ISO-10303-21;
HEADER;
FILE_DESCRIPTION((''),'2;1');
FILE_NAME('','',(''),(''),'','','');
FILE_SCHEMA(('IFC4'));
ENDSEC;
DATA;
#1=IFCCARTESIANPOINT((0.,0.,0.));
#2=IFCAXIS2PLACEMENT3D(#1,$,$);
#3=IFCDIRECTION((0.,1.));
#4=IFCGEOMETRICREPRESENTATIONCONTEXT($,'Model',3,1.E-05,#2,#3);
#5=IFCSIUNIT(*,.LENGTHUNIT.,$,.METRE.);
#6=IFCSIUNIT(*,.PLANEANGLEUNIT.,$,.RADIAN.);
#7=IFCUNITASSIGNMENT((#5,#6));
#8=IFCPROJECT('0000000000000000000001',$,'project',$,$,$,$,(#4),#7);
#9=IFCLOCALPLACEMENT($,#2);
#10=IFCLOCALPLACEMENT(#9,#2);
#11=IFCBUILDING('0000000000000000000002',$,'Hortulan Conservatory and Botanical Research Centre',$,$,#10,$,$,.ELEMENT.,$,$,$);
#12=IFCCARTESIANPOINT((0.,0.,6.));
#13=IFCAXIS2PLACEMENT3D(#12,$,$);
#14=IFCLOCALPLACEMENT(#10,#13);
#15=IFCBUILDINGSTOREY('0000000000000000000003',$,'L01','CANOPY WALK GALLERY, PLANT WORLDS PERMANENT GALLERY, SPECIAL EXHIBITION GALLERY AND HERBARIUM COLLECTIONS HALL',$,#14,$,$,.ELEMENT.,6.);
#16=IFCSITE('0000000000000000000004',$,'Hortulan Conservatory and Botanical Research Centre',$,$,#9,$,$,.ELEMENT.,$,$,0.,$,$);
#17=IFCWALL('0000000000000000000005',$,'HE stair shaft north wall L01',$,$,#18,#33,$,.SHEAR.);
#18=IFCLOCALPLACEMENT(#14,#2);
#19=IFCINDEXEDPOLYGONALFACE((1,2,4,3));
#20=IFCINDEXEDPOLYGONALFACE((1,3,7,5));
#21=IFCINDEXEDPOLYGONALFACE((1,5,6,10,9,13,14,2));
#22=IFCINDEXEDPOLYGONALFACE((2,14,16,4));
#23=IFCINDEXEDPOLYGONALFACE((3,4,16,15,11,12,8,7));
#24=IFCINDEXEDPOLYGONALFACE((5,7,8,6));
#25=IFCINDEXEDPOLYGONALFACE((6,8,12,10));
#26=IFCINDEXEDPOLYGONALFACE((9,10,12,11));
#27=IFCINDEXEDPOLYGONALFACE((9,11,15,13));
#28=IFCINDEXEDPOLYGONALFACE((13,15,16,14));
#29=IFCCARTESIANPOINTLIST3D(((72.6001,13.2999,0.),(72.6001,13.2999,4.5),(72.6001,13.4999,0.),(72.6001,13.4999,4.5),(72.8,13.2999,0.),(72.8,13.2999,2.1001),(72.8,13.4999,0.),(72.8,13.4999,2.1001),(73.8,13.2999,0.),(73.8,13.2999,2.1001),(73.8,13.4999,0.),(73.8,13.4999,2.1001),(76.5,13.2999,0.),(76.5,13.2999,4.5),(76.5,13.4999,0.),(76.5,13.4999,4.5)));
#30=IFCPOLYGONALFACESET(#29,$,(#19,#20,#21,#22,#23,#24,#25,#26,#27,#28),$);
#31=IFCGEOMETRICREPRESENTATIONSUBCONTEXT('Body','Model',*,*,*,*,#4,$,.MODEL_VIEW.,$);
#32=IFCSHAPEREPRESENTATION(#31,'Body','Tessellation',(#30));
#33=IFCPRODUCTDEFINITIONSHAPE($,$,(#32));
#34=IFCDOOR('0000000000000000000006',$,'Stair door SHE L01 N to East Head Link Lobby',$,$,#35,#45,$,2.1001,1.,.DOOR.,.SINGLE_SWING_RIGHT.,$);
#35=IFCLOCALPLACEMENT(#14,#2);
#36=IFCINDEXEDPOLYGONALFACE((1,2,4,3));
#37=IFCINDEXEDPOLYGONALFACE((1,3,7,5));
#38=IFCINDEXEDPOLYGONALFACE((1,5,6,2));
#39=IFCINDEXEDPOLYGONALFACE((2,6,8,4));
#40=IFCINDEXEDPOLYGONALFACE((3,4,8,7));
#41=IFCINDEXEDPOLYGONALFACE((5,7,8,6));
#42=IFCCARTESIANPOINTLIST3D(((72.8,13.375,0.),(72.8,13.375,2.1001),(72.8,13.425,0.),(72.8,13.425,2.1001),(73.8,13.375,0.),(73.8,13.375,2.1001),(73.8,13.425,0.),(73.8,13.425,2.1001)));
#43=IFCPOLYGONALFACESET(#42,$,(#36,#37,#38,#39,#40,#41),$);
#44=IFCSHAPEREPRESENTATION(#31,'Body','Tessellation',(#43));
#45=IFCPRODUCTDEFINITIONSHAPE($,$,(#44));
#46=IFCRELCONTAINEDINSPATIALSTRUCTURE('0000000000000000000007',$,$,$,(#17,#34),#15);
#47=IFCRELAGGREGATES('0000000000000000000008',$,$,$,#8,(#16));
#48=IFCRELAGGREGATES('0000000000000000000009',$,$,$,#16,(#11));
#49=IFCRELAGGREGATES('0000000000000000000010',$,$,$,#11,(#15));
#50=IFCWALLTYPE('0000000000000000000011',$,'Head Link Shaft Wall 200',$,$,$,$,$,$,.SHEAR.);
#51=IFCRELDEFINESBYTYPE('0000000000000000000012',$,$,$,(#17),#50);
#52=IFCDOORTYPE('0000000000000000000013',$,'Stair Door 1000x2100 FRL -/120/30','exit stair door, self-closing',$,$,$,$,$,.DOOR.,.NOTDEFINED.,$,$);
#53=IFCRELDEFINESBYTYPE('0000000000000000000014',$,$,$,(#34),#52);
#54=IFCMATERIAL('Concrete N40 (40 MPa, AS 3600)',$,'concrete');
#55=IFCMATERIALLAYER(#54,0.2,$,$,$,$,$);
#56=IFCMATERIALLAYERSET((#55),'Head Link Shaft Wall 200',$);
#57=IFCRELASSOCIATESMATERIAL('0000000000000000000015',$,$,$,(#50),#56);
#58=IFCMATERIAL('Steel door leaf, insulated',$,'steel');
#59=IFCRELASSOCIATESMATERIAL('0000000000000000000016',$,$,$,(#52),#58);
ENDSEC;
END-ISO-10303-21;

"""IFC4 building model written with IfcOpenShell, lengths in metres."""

from ifc_helpers import new_model, si_unit, direction, frame, frame_2d, origin, place, context, subcontext, project, spatial, rectangle, extrude, material, layer, layer_set, type_object, element, fill, save


model = new_model("IFC4")

# Units and contexts
model_context = context("Model", 3, precision=1e-05, world=origin(), true_north=direction((0.0, 1.0)))
body_context = subcontext(model_context, "Body", "Model", "MODEL_VIEW")
ifc_project = project(units=[si_unit("LENGTHUNIT", "METRE"), si_unit("PLANEANGLEUNIT", "RADIAN")], contexts=[model_context])

# Site, building, storey
site_placement = place(None, origin())
site = spatial("IfcSite", under=ifc_project, at=site_placement, Name="Hortulan Conservatory and Botanical Research Centre", CompositionType="ELEMENT", RefElevation=0.0)
building_placement = place(site_placement, origin())
building = spatial("IfcBuilding", under=site, at=building_placement, Name="Hortulan Conservatory and Botanical Research Centre", CompositionType="ELEMENT")
storey_placement = place(building_placement, frame((0.0, 0.0, 6.0)))
storey = spatial("IfcBuildingStorey", under=building, at=storey_placement, Name="L01", Description="CANOPY WALK GALLERY, PLANT WORLDS PERMANENT GALLERY, SPECIAL EXHIBITION GALLERY AND HERBARIUM COLLECTIONS HALL", CompositionType="ELEMENT", Elevation=6.0)

# Wall, opening, door
ifc_material_1 = material(Name="Concrete N40 (40 MPa, AS 3600)", Category="concrete")
ifc_layer_1 = layer(ifc_material_1, 0.2)
ifc_layer_set_1 = layer_set([ifc_layer_1], Name="Head Link Shaft Wall 200")
wall_type = type_object("IfcWallType", Name="Head Link Shaft Wall 200", PredefinedType="SHEAR", material=ifc_layer_set_1)
wall_placement = place(storey_placement, frame((72.6001, 13.3999, 0.0), z_axis=(0.0, 0.0, 1.0), x_axis=(1.0, 0.0, 0.0)))
wall = element("IfcWall", 1, at=wall_placement, inside=storey, type_object=wall_type, Name="HE stair shaft north wall L01", PredefinedType="SHEAR", context=body_context, shape_type="SweptSolid", body=[
    extrude(rectangle(XDim=3.8999, YDim=0.2, at=frame_2d((1.95, 0.0))), origin(), (0.0, 0.0, 1.0), 4.5),
])
opening_placement = place(wall_placement, frame((0.2, 0.0, 0.0)))
opening = element("IfcOpeningElement", 2, at=opening_placement, cuts=wall, PredefinedType="OPENING", context=body_context, shape_type="SweptSolid", body=[
    extrude(rectangle(XDim=1.0, YDim=2.1001, at=frame_2d((0.5, 1.05))), frame((0.0, 0.1099, 0.0), z_axis=(0.0, -1.0, 0.0), x_axis=(1.0, 0.0, 0.0)), (0.0, 0.0, 1.0), 0.22),
])
ifc_material_2 = material(Name="Steel door leaf, insulated", Category="steel")
door_type = type_object("IfcDoorType", Name="Stair Door 1000x2100 FRL -/120/30", Description="exit stair door, self-closing", OperationType="NOTDEFINED", PredefinedType="DOOR", material=ifc_material_2)
door_placement = place(opening_placement, frame((1.0, 0.0, 0.0), z_axis=(0.0, 0.0, 1.0), x_axis=(-1.0, 0.0, 0.0)))
door = element("IfcDoor", 3, at=door_placement, inside=storey, type_object=door_type, Name="Stair door SHE L01 N to East Head Link Lobby", OperationType="SINGLE_SWING_RIGHT", OverallHeight=2.1001, OverallWidth=1.0, PredefinedType="DOOR", context=body_context, shape_type="SweptSolid", body=[
    extrude(rectangle(XDim=1.0, YDim=2.1001, at=frame_2d((0.5, 1.05))), frame((0.0, 0.0249, 0.0), z_axis=(0.0, -1.0, 0.0), x_axis=(1.0, 0.0, 0.0)), (0.0, 0.0, 1.0), 0.05),
])
fill(opening, door)

save(model, "model.ifc")
